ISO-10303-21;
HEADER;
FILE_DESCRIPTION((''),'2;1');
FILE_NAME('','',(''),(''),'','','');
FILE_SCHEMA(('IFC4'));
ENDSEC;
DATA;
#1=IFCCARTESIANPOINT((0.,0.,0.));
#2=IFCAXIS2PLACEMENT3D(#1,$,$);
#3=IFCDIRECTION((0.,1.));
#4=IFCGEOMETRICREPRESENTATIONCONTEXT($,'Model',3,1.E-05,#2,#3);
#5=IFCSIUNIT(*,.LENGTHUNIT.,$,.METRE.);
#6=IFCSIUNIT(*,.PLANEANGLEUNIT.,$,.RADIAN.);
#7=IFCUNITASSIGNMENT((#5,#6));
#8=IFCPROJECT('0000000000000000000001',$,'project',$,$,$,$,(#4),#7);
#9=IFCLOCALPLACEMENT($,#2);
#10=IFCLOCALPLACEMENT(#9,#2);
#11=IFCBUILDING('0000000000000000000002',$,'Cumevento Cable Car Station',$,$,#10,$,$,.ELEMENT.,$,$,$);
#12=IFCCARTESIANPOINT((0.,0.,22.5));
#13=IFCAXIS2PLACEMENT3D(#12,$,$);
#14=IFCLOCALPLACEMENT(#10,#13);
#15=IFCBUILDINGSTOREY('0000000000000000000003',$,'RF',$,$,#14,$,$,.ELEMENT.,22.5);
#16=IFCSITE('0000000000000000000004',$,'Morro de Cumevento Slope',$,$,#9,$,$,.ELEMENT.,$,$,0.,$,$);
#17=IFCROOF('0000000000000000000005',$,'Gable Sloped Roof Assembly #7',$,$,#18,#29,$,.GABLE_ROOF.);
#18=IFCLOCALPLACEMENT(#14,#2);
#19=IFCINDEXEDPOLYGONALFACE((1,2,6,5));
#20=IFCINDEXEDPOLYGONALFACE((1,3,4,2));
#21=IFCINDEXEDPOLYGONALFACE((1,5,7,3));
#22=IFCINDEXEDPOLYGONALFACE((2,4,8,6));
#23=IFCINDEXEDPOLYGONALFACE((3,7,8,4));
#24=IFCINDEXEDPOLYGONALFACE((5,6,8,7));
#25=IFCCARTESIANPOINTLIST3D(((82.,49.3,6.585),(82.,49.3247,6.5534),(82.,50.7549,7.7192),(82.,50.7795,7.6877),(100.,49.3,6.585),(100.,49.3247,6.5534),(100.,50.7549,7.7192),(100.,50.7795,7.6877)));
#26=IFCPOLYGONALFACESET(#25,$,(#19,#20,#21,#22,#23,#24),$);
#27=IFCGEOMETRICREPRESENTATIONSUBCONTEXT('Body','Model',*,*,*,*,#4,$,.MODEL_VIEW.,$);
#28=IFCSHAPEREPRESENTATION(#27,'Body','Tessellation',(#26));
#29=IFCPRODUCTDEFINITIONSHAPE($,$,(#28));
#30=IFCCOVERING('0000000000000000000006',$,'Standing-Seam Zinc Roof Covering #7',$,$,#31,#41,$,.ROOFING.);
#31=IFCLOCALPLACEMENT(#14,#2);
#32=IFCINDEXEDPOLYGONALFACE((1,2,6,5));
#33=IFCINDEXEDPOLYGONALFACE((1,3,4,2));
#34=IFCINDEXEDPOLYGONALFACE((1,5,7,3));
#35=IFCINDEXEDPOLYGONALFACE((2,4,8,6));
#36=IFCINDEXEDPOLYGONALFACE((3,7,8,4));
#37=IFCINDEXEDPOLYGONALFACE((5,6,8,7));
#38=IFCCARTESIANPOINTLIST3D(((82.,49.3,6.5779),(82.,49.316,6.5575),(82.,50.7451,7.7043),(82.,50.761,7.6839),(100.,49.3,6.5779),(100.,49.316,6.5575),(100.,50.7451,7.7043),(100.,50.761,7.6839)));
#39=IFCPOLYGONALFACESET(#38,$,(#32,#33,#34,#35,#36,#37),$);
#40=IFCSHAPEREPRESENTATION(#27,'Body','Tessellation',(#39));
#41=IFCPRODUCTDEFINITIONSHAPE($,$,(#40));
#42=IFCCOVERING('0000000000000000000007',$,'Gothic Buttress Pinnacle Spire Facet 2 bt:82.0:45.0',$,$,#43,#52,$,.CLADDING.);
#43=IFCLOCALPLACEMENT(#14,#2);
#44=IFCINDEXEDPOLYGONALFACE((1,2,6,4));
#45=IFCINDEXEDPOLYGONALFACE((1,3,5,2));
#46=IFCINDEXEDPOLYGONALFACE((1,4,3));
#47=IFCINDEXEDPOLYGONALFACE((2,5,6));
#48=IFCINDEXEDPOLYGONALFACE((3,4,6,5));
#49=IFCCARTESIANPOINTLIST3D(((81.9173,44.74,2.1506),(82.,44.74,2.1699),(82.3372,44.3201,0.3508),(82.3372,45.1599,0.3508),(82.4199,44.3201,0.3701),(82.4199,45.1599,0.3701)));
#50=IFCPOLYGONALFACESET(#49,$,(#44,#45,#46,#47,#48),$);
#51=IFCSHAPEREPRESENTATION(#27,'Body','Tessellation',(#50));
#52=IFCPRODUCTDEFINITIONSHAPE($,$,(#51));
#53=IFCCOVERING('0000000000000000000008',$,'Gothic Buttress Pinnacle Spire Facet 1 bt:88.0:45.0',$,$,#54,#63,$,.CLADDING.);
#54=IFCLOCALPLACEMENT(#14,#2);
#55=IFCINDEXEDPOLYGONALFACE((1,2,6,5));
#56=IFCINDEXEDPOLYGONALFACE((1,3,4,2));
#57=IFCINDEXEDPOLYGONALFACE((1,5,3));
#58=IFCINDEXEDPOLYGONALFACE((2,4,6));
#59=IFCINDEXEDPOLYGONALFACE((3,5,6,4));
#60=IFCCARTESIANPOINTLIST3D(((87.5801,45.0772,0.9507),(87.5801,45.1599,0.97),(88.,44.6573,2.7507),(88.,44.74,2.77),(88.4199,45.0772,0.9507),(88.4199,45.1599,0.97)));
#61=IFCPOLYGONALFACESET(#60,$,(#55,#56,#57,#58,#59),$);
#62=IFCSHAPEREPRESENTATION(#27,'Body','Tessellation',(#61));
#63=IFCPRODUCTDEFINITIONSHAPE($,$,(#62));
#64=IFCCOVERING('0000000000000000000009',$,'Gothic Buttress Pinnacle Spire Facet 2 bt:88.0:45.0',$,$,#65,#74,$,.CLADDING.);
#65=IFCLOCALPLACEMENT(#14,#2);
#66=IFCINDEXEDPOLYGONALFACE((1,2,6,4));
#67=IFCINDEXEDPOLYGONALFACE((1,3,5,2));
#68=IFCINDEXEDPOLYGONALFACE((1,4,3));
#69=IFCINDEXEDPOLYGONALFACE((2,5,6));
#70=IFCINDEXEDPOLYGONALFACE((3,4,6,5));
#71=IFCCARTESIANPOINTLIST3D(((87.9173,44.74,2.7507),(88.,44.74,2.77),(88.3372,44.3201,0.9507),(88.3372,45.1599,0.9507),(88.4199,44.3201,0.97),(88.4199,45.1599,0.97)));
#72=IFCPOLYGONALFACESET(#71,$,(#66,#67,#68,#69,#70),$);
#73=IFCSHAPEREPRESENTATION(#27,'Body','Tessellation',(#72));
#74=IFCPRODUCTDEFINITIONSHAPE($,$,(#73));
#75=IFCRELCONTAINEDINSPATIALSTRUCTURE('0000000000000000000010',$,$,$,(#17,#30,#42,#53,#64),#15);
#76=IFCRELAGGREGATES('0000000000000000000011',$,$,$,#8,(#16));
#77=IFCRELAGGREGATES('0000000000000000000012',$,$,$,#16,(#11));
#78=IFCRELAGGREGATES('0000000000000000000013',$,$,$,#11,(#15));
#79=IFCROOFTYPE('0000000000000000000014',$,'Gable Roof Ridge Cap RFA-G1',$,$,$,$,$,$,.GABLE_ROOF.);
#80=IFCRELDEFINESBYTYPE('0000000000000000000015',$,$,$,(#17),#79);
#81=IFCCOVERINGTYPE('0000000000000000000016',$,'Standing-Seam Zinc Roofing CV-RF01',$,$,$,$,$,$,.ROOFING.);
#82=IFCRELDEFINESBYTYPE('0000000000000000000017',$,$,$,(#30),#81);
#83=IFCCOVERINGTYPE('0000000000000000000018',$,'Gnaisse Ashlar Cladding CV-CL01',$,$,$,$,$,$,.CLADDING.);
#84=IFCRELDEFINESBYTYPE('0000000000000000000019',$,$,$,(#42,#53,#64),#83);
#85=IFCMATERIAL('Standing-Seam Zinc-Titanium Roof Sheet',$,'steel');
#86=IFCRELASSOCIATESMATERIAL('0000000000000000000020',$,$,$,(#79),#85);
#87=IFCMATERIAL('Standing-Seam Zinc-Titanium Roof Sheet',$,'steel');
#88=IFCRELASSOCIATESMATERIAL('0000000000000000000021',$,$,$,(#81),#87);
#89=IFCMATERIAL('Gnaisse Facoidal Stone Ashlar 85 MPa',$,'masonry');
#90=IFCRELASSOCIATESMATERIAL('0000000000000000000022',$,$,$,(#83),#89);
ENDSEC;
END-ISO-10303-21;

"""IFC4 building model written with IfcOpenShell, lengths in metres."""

from ifc_helpers import new_model, si_unit, direction, frame, origin, place, context, subcontext, project, spatial, polyline, outline, extrude, material, type_object, element, save


model = new_model("IFC4")

# Units and contexts
model_context = context("Model", 3, precision=1e-05, world=origin(), true_north=direction((0.0, 1.0)))
body_context = subcontext(model_context, "Body", "Model", "MODEL_VIEW")
ifc_project = project(units=[si_unit("LENGTHUNIT", "METRE"), si_unit("PLANEANGLEUNIT", "RADIAN")], contexts=[model_context])

# Site, building, storey
site_placement = place(None, origin())
site = spatial("IfcSite", under=ifc_project, at=site_placement, Name="Morro de Cumevento Slope", CompositionType="ELEMENT", RefElevation=0.0)
building_placement = place(site_placement, origin())
building = spatial("IfcBuilding", under=site, at=building_placement, Name="Cumevento Cable Car Station", CompositionType="ELEMENT")
storey_placement = place(building_placement, frame((0.0, 0.0, 22.5)))
storey = spatial("IfcBuildingStorey", under=building, at=storey_placement, Name="RF", CompositionType="ELEMENT", Elevation=22.5)

# Roof
ifc_material_1 = material(Name="Standing-Seam Zinc-Titanium Roof Sheet", Category="steel")
roof_type = type_object("IfcRoofType", Name="Gable Roof Ridge Cap RFA-G1", PredefinedType="GABLE_ROOF", material=ifc_material_1)
roof_placement = place(storey_placement, frame((82.0, 49.3, 6.585), z_axis=(0.0, -0.614866, 0.788632), x_axis=(1.0, 0.0, 0.0)))
element("IfcRoof", 1, at=roof_placement, inside=storey, type_object=roof_type, Name="Gable Sloped Roof Assembly #7", PredefinedType="GABLE_ROOF", context=body_context, shape_type="SweptSolid", body=[
    extrude(outline(polyline([(0.0, 0.0), (18.0, 0.0), (18.0, 1.8448), (0.0, 1.8448), (0.0, 0.0)])), origin(), (0.0, 0.0, -1.0), 0.04),
])

# Coverings
ifc_material_2 = material(Name="Standing-Seam Zinc-Titanium Roof Sheet", Category="steel")
covering_type_1 = type_object("IfcCoveringType", Name="Standing-Seam Zinc Roofing CV-RF01", PredefinedType="ROOFING", material=ifc_material_2)
covering_1_placement = place(storey_placement, frame((82.0, 49.3, 6.5779), z_axis=(0.0, -0.614798, 0.788684), x_axis=(1.0, 0.0, 0.0)))
element("IfcCovering", 2, at=covering_1_placement, inside=storey, type_object=covering_type_1, Name="Standing-Seam Zinc Roof Covering #7", PredefinedType="ROOFING", context=body_context, shape_type="SweptSolid", body=[
    extrude(outline(polyline([(0.0, 0.0), (18.0, 0.0), (18.0, 1.8323), (0.0, 1.8323), (0.0, 0.0)])), origin(), (0.0, 0.0, -1.0), 0.0259),
])
ifc_material_3 = material(Name="Gnaisse Facoidal Stone Ashlar 85 MPa", Category="masonry")
covering_type_2 = type_object("IfcCoveringType", Name="Gnaisse Ashlar Cladding CV-CL01", PredefinedType="CLADDING", material=ifc_material_3)
covering_2_placement = place(storey_placement, frame((82.4199, 45.1599, 0.3701), z_axis=(0.973845, 0.0, 0.227213), x_axis=(0.0, -1.0, 0.0)))
element("IfcCovering", 3, at=covering_2_placement, inside=storey, type_object=covering_type_2, Name="Gothic Buttress Pinnacle Spire Facet 2 bt:82.0:45.0", PredefinedType="CLADDING", context=body_context, shape_type="SweptSolid", body=[
    extrude(outline(polyline([(0.0, 0.0), (0.8398, 0.0), (0.4199, -1.8481), (0.0, 0.0)])), origin(), (0.0, 0.0, -1.0), 0.085),
])
for number, where, z_axis, x_axis, name in (
    (4, (87.5801, 45.1599, 0.97), (0.0, 0.973852, 0.227184), (1.0, 0.0, 0.0), "Gothic Buttress Pinnacle Spire Facet 1 bt:88.0:45.0"),
    (5, (88.4199, 45.1599, 0.97), (0.973852, 0.0, 0.227184), (0.0, -1.0, 0.0), "Gothic Buttress Pinnacle Spire Facet 2 bt:88.0:45.0"),
):
    element("IfcCovering", number, at=place(storey_placement, frame(where, z_axis=z_axis, x_axis=x_axis)), inside=storey, type_object=covering_type_2, Name=name, PredefinedType="CLADDING", context=body_context, shape_type="SweptSolid", body=[
        extrude(outline(polyline([(0.0, 0.0), (0.8398, 0.0), (0.4199, -1.8484), (0.0, 0.0)])), origin(), (0.0, 0.0, -1.0), 0.085),
    ])

save(model, "model.ifc")
